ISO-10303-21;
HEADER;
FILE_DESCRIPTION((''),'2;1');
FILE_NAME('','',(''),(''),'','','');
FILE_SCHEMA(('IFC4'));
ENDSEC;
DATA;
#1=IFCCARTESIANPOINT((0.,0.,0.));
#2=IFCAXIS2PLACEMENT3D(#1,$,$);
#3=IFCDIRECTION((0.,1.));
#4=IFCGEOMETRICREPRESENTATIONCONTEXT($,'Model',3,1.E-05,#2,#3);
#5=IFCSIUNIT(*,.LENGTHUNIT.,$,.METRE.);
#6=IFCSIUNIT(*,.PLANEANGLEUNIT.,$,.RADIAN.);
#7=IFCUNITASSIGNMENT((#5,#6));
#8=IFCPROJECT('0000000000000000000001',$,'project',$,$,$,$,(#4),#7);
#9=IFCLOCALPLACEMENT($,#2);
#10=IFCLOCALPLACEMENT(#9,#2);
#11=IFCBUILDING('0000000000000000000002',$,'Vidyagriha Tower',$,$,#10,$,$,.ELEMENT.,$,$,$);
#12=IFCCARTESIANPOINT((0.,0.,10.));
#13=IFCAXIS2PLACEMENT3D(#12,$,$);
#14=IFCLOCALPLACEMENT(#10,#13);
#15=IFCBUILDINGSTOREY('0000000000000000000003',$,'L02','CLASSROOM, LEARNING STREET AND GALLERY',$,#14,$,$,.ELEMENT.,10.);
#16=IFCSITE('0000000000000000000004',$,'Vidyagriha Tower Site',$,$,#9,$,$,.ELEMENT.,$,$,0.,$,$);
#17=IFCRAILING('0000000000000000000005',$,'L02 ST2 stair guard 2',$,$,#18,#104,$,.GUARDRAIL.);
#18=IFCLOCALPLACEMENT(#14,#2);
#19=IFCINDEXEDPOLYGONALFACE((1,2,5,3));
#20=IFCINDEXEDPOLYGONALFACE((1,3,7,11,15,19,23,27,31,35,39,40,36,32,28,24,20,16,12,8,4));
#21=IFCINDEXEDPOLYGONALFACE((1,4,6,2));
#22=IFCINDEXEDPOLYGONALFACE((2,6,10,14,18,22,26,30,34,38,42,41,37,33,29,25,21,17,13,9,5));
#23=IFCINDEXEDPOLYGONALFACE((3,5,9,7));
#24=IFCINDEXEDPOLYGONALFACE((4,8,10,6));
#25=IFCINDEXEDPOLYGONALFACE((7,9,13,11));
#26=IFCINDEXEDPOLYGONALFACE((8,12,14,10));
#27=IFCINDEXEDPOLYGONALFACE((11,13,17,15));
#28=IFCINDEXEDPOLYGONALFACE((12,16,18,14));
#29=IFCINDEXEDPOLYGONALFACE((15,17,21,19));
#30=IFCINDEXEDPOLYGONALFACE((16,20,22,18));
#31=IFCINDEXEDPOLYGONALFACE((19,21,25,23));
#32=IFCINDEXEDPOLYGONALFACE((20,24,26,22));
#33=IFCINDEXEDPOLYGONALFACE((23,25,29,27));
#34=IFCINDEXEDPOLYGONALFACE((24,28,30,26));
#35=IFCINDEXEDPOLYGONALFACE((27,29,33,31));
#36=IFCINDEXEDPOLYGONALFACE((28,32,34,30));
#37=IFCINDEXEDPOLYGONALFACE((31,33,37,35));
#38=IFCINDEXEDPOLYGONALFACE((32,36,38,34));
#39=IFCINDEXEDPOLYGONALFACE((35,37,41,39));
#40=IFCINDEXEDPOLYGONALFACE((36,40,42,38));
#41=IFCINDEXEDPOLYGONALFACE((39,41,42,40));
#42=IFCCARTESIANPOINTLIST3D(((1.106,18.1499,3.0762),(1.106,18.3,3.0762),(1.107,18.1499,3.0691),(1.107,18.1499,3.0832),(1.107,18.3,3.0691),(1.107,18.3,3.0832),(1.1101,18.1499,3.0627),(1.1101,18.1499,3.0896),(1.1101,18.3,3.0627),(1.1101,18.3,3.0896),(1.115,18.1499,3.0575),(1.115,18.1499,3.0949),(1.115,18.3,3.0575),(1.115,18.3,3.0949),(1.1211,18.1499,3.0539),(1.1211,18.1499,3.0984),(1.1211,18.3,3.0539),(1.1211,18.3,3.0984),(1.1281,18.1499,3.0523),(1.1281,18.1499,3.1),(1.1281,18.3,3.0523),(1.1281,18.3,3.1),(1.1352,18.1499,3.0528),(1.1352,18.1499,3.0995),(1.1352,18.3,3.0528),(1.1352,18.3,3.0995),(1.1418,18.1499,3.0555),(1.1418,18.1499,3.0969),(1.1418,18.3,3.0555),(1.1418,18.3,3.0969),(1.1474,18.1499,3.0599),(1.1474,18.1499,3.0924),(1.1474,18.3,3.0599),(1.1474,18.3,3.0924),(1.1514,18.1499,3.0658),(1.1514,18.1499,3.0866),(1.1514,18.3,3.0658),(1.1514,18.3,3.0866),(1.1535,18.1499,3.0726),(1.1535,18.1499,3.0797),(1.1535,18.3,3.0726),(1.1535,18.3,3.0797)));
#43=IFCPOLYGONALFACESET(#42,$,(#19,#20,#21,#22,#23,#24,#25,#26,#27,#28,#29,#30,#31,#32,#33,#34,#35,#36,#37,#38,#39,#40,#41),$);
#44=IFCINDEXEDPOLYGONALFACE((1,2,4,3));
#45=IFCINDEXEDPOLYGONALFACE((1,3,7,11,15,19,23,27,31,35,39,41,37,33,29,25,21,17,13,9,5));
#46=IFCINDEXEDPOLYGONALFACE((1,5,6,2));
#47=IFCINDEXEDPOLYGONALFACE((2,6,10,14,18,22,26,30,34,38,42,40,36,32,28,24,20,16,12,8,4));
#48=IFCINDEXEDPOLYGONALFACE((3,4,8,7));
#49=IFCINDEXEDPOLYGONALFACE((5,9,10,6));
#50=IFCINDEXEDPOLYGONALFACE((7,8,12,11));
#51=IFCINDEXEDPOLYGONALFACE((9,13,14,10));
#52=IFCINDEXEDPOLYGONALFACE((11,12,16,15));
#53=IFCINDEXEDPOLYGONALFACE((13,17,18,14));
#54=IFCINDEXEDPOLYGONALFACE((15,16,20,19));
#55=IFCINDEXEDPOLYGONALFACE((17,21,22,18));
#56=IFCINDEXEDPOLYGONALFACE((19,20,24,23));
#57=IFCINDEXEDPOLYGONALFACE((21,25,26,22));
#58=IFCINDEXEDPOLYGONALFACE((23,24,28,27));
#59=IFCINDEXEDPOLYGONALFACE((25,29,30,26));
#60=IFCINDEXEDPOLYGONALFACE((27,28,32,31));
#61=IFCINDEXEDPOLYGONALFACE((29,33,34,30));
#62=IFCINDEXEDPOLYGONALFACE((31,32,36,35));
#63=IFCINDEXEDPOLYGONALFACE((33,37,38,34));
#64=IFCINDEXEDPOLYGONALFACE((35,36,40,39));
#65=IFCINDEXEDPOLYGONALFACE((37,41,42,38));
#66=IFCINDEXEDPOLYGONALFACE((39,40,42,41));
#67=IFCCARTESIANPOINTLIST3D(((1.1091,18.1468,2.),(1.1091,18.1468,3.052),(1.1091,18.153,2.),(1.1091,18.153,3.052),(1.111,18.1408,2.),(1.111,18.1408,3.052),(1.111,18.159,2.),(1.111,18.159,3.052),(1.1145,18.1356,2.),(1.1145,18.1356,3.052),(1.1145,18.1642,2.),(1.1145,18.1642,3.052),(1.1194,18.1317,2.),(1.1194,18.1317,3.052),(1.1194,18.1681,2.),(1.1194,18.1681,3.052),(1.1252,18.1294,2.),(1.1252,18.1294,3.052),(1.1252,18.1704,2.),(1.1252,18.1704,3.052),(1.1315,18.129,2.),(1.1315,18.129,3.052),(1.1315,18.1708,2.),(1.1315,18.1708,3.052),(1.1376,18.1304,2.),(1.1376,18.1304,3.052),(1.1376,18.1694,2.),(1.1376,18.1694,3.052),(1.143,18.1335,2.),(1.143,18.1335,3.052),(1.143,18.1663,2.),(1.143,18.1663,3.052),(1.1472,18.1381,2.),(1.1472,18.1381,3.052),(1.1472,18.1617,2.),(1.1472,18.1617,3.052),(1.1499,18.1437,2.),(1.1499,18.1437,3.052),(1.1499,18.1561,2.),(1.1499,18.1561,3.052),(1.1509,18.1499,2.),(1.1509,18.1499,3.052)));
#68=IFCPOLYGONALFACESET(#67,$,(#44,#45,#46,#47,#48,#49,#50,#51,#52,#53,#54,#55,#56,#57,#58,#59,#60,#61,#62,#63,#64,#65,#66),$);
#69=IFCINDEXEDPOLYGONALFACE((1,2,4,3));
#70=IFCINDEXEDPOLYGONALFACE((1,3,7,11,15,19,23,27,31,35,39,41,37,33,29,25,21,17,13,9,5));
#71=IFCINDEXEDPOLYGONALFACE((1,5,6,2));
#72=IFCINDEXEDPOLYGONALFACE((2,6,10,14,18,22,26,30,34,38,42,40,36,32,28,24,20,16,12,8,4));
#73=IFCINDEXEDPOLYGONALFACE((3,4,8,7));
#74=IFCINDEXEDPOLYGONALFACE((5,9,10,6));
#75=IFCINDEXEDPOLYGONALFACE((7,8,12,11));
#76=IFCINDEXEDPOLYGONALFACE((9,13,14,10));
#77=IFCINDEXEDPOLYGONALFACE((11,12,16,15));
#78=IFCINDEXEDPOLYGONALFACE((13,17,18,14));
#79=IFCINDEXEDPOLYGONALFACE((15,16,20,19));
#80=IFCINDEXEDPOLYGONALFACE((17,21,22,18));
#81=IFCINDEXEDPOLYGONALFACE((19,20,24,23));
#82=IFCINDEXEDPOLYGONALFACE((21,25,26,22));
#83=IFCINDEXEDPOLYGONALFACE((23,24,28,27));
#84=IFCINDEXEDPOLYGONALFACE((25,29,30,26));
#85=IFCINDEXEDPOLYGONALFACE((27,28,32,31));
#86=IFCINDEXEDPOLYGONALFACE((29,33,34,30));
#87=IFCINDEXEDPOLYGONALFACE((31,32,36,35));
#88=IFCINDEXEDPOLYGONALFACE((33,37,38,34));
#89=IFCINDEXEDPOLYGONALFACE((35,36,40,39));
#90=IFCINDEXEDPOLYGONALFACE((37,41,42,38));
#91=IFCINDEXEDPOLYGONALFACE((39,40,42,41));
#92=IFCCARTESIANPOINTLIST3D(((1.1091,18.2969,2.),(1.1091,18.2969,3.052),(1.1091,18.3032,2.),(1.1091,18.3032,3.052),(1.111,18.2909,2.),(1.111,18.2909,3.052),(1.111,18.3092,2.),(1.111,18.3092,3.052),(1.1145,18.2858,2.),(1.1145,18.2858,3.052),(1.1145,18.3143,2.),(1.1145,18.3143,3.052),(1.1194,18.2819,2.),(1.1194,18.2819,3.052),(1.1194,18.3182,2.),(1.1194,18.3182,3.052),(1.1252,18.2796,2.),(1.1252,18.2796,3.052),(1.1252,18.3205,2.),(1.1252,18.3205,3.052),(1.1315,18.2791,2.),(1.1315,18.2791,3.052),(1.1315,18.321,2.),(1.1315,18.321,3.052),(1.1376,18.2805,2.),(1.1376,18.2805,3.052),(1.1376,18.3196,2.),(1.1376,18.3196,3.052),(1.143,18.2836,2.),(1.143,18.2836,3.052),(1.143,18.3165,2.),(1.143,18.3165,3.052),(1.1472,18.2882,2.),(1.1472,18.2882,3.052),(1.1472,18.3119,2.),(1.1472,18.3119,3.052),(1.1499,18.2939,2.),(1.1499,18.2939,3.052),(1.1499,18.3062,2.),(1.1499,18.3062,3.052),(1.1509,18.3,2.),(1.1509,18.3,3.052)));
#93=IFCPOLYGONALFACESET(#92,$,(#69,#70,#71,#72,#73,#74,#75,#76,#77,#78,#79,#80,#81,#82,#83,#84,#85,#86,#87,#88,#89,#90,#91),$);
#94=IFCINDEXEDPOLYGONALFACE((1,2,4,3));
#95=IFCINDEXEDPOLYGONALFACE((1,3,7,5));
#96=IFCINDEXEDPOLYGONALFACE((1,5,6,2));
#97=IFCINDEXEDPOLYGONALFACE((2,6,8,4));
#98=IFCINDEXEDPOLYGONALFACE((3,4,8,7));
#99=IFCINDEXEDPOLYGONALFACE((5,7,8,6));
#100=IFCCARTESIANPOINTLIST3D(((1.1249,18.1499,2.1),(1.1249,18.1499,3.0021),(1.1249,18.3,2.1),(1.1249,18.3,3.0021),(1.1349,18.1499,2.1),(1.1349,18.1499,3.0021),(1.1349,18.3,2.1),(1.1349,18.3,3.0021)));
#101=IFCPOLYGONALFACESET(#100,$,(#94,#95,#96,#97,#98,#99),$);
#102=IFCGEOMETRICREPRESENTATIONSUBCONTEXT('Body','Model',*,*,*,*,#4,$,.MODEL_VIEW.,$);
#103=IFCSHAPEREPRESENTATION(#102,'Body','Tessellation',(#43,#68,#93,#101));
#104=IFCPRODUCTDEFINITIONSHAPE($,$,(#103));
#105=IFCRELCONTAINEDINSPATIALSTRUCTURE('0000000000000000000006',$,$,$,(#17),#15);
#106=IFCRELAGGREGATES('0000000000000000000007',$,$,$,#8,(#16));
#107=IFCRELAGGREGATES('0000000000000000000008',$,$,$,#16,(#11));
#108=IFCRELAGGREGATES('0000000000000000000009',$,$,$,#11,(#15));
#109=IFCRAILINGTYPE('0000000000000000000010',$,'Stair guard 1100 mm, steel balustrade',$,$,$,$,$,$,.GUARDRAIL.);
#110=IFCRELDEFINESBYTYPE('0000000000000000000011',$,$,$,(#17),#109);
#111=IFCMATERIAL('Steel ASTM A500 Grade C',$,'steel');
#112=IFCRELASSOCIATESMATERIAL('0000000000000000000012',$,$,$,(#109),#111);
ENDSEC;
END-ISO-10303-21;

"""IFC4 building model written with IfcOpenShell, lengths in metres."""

from ifc_helpers import new_model, si_unit, direction, frame, origin, origin_2d, place, context, subcontext, project, spatial, rectangle, circle, extrude, material, type_object, element, save


model = new_model("IFC4")

# Units and contexts
model_context = context("Model", 3, precision=1e-05, world=origin(), true_north=direction((0.0, 1.0)))
body_context = subcontext(model_context, "Body", "Model", "MODEL_VIEW")
ifc_project = project(units=[si_unit("LENGTHUNIT", "METRE"), si_unit("PLANEANGLEUNIT", "RADIAN")], contexts=[model_context])

# Site, building, storey
site_placement = place(None, origin())
site = spatial("IfcSite", under=ifc_project, at=site_placement, Name="Vidyagriha Tower Site", CompositionType="ELEMENT", RefElevation=0.0)
building_placement = place(site_placement, origin())
building = spatial("IfcBuilding", under=site, at=building_placement, Name="Vidyagriha Tower", CompositionType="ELEMENT")
storey_placement = place(building_placement, frame((0.0, 0.0, 10.0)))
storey = spatial("IfcBuildingStorey", under=building, at=storey_placement, Name="L02", Description="CLASSROOM, LEARNING STREET AND GALLERY", CompositionType="ELEMENT", Elevation=10.0)

# Railing
ifc_material_1 = material(Name="Steel ASTM A500 Grade C", Category="steel")
railing_type_1 = type_object("IfcRailingType", Name="Stair guard 1100 mm, steel balustrade", PredefinedType="GUARDRAIL", material=ifc_material_1)
railing_1_placement = place(storey_placement, frame((1.1299, 18.1499, 2.0)))
element("IfcRailing", 1, at=railing_1_placement, inside=storey, type_object=railing_type_1, Name="L02 ST2 stair guard 2", PredefinedType="GUARDRAIL", context=body_context, shape_type="SweptSolid", body=[
    extrude(circle(Radius=0.0239, at=origin_2d()), frame((0.0, 0.0, 1.0762), z_axis=(0.0, 1.0, 0.0), x_axis=(-1.0, 0.0, 0.0)), (0.0, 0.0, 1.0), 0.1501),
    extrude(circle(Radius=0.021, at=origin_2d()), origin(), (0.0, 0.0, 1.0), 1.052),
    extrude(circle(Radius=0.021, at=origin_2d()), frame((0.0, 0.1501, 0.0)), (0.0, 0.0, 1.0), 1.052),
    extrude(rectangle(XDim=0.01, YDim=0.9021, at=origin_2d()), frame((0.0, 0.0, 0.551), z_axis=(0.0, 1.0, 0.0), x_axis=(-1.0, 0.0, 0.0)), (0.0, 0.0, 1.0), 0.1501),
])

save(model, "model.ifc")
